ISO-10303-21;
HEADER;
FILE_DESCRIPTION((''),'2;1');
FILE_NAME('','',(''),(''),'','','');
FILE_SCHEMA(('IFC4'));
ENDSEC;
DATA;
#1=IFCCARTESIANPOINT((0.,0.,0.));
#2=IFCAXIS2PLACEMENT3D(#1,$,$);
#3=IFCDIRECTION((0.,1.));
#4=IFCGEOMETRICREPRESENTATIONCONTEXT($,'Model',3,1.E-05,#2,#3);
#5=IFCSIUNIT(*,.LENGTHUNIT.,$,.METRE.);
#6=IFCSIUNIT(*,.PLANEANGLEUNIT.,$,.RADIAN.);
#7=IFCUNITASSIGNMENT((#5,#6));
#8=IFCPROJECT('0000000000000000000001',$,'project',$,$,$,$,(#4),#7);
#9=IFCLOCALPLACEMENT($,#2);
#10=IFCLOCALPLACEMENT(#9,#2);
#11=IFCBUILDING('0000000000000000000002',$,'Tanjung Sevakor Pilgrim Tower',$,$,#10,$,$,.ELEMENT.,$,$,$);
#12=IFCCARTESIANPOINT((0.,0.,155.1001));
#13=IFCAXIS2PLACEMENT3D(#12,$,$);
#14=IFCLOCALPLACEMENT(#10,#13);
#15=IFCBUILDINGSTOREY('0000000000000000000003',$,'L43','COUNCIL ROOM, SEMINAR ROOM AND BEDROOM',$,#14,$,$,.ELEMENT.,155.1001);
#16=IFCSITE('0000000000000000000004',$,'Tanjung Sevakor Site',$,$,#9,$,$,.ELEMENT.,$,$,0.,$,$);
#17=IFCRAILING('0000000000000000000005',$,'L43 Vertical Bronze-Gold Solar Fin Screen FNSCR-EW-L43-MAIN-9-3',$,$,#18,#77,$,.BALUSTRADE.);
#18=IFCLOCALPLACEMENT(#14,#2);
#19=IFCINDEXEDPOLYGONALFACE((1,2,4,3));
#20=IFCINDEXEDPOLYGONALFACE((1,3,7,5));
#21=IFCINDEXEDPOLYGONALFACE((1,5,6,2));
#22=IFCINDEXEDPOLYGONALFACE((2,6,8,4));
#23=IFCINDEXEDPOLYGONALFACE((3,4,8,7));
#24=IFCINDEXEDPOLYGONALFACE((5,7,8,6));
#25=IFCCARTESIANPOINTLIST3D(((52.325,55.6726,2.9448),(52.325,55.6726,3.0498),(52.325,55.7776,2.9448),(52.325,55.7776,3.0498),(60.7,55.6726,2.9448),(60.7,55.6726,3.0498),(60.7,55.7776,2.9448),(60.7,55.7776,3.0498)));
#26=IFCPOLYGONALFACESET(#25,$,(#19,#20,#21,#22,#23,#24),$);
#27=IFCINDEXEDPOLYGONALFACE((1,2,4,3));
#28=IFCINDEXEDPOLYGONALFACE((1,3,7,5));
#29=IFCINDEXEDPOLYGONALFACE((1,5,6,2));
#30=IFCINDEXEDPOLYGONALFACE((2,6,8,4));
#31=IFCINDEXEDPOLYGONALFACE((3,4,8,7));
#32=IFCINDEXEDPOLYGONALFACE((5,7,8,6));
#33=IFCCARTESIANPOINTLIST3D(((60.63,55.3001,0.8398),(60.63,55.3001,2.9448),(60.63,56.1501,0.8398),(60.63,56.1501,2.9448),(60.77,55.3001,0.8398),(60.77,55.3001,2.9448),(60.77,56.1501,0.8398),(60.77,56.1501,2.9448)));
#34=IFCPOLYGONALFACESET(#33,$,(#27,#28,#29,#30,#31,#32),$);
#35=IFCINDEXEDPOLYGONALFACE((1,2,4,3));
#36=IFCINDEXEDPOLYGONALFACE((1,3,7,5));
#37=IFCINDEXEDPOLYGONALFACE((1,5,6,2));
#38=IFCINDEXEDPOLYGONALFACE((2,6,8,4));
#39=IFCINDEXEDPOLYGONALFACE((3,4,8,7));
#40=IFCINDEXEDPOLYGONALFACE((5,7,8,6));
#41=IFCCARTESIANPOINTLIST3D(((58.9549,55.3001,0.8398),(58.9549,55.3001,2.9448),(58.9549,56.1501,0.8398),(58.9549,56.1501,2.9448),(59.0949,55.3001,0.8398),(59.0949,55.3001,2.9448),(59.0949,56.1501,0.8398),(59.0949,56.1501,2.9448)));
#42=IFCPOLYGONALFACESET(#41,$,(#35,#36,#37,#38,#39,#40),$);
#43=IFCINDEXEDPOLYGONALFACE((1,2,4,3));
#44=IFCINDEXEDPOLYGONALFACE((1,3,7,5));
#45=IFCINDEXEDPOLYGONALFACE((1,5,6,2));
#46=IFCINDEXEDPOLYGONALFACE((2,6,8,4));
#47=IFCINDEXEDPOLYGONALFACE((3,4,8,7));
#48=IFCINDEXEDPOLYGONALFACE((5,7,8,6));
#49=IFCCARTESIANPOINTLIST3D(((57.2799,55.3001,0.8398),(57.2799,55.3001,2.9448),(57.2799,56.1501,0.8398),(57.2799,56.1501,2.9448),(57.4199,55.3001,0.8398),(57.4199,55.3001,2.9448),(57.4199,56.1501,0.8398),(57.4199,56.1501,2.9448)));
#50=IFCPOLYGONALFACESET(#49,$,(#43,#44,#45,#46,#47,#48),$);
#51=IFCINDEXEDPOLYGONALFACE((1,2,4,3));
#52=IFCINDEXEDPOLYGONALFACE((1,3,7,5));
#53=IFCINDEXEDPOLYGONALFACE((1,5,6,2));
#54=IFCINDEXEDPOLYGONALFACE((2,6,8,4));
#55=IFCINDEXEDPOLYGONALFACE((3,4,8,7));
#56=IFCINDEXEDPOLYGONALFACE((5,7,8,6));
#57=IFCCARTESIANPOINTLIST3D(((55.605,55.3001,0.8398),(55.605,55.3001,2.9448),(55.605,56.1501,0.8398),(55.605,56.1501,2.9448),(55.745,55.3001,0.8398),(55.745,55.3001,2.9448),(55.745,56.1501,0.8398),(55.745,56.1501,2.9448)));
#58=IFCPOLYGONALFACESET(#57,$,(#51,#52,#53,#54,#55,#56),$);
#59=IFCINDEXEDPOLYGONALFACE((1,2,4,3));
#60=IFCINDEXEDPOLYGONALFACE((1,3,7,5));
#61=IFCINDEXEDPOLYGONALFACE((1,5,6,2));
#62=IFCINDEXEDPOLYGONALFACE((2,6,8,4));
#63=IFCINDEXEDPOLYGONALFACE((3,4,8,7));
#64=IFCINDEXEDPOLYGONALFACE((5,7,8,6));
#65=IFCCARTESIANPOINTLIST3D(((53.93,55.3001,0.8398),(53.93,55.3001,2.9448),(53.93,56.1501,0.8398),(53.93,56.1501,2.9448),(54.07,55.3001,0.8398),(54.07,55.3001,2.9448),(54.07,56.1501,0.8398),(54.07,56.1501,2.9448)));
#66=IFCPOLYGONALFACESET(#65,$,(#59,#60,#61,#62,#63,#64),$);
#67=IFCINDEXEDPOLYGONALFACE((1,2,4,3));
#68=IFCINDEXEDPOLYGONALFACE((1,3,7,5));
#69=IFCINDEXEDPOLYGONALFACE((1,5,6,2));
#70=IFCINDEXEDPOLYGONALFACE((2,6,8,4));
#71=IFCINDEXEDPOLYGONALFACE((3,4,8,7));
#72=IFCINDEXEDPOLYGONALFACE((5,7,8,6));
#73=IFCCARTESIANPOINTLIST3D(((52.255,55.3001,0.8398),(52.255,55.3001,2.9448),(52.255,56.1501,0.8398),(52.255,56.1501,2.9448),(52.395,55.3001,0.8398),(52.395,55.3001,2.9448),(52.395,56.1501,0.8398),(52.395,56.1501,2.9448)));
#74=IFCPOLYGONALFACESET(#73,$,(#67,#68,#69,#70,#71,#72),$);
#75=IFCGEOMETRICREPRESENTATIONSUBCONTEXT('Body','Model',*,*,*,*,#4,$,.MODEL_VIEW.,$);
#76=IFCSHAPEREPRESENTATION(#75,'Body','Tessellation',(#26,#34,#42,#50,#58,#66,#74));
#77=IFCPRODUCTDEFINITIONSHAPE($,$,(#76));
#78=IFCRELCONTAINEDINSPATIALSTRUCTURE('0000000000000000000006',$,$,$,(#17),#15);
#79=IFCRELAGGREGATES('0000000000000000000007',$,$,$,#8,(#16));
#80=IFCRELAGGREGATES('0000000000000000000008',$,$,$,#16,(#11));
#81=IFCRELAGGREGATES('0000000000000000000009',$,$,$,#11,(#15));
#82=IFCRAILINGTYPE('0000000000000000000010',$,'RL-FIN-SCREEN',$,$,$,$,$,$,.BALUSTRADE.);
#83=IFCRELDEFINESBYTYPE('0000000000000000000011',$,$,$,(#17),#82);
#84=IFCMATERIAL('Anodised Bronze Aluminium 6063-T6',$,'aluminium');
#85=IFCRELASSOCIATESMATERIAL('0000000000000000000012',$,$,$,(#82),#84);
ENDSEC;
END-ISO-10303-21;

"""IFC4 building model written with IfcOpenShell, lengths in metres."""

from ifc_helpers import new_model, si_unit, direction, frame, origin, place, context, subcontext, project, spatial, rectangle, extrude, material, type_object, element, save


model = new_model("IFC4")

# Units and contexts
model_context = context("Model", 3, precision=1e-05, world=origin(), true_north=direction((0.0, 1.0)))
body_context = subcontext(model_context, "Body", "Model", "MODEL_VIEW")
ifc_project = project(units=[si_unit("LENGTHUNIT", "METRE"), si_unit("PLANEANGLEUNIT", "RADIAN")], contexts=[model_context])

# Site, building, storey
site_placement = place(None, origin())
site = spatial("IfcSite", under=ifc_project, at=site_placement, Name="Tanjung Sevakor Site", CompositionType="ELEMENT", RefElevation=0.0)
building_placement = place(site_placement, origin())
building = spatial("IfcBuilding", under=site, at=building_placement, Name="Tanjung Sevakor Pilgrim Tower", CompositionType="ELEMENT")
storey_placement = place(building_placement, frame((0.0, 0.0, 155.1001)))
storey = spatial("IfcBuildingStorey", under=building, at=storey_placement, Name="L43", Description="COUNCIL ROOM, SEMINAR ROOM AND BEDROOM", CompositionType="ELEMENT", Elevation=155.1001)

# Railing
ifc_material_1 = material(Name="Anodised Bronze Aluminium 6063-T6", Category="aluminium")
railing_type_1 = type_object("IfcRailingType", Name="RL-FIN-SCREEN", PredefinedType="BALUSTRADE", material=ifc_material_1)
railing_1_placement = place(storey_placement, frame((60.7, 55.7251, 0.8398)))
element("IfcRailing", 1, at=railing_1_placement, inside=storey, type_object=railing_type_1, Name="L43 Vertical Bronze-Gold Solar Fin Screen FNSCR-EW-L43-MAIN-9-3", PredefinedType="BALUSTRADE", context=body_context, shape_type="SweptSolid", body=[
    extrude(rectangle(XDim=0.105, YDim=0.105), frame((0.0, 0.0, 2.1575), z_axis=(-1.0, 0.0, 0.0), x_axis=(0.0, -1.0, 0.0)), (0.0, 0.0, 1.0), 8.375),
    extrude(rectangle(XDim=0.14, YDim=0.85), origin(), (0.0, 0.0, 1.0), 2.105),
    extrude(rectangle(XDim=0.14, YDim=0.85), frame((-1.675, 0.0, 0.0)), (0.0, 0.0, 1.0), 2.105),
    extrude(rectangle(XDim=0.14, YDim=0.85), frame((-3.3501, 0.0, 0.0)), (0.0, 0.0, 1.0), 2.105),
    extrude(rectangle(XDim=0.14, YDim=0.85), frame((-5.0249, 0.0, 0.0)), (0.0, 0.0, 1.0), 2.105),
    extrude(rectangle(XDim=0.14, YDim=0.85), frame((-6.7, 0.0, 0.0)), (0.0, 0.0, 1.0), 2.105),
    extrude(rectangle(XDim=0.14, YDim=0.85), frame((-8.375, 0.0, 0.0)), (0.0, 0.0, 1.0), 2.105),
])

save(model, "model.ifc")
